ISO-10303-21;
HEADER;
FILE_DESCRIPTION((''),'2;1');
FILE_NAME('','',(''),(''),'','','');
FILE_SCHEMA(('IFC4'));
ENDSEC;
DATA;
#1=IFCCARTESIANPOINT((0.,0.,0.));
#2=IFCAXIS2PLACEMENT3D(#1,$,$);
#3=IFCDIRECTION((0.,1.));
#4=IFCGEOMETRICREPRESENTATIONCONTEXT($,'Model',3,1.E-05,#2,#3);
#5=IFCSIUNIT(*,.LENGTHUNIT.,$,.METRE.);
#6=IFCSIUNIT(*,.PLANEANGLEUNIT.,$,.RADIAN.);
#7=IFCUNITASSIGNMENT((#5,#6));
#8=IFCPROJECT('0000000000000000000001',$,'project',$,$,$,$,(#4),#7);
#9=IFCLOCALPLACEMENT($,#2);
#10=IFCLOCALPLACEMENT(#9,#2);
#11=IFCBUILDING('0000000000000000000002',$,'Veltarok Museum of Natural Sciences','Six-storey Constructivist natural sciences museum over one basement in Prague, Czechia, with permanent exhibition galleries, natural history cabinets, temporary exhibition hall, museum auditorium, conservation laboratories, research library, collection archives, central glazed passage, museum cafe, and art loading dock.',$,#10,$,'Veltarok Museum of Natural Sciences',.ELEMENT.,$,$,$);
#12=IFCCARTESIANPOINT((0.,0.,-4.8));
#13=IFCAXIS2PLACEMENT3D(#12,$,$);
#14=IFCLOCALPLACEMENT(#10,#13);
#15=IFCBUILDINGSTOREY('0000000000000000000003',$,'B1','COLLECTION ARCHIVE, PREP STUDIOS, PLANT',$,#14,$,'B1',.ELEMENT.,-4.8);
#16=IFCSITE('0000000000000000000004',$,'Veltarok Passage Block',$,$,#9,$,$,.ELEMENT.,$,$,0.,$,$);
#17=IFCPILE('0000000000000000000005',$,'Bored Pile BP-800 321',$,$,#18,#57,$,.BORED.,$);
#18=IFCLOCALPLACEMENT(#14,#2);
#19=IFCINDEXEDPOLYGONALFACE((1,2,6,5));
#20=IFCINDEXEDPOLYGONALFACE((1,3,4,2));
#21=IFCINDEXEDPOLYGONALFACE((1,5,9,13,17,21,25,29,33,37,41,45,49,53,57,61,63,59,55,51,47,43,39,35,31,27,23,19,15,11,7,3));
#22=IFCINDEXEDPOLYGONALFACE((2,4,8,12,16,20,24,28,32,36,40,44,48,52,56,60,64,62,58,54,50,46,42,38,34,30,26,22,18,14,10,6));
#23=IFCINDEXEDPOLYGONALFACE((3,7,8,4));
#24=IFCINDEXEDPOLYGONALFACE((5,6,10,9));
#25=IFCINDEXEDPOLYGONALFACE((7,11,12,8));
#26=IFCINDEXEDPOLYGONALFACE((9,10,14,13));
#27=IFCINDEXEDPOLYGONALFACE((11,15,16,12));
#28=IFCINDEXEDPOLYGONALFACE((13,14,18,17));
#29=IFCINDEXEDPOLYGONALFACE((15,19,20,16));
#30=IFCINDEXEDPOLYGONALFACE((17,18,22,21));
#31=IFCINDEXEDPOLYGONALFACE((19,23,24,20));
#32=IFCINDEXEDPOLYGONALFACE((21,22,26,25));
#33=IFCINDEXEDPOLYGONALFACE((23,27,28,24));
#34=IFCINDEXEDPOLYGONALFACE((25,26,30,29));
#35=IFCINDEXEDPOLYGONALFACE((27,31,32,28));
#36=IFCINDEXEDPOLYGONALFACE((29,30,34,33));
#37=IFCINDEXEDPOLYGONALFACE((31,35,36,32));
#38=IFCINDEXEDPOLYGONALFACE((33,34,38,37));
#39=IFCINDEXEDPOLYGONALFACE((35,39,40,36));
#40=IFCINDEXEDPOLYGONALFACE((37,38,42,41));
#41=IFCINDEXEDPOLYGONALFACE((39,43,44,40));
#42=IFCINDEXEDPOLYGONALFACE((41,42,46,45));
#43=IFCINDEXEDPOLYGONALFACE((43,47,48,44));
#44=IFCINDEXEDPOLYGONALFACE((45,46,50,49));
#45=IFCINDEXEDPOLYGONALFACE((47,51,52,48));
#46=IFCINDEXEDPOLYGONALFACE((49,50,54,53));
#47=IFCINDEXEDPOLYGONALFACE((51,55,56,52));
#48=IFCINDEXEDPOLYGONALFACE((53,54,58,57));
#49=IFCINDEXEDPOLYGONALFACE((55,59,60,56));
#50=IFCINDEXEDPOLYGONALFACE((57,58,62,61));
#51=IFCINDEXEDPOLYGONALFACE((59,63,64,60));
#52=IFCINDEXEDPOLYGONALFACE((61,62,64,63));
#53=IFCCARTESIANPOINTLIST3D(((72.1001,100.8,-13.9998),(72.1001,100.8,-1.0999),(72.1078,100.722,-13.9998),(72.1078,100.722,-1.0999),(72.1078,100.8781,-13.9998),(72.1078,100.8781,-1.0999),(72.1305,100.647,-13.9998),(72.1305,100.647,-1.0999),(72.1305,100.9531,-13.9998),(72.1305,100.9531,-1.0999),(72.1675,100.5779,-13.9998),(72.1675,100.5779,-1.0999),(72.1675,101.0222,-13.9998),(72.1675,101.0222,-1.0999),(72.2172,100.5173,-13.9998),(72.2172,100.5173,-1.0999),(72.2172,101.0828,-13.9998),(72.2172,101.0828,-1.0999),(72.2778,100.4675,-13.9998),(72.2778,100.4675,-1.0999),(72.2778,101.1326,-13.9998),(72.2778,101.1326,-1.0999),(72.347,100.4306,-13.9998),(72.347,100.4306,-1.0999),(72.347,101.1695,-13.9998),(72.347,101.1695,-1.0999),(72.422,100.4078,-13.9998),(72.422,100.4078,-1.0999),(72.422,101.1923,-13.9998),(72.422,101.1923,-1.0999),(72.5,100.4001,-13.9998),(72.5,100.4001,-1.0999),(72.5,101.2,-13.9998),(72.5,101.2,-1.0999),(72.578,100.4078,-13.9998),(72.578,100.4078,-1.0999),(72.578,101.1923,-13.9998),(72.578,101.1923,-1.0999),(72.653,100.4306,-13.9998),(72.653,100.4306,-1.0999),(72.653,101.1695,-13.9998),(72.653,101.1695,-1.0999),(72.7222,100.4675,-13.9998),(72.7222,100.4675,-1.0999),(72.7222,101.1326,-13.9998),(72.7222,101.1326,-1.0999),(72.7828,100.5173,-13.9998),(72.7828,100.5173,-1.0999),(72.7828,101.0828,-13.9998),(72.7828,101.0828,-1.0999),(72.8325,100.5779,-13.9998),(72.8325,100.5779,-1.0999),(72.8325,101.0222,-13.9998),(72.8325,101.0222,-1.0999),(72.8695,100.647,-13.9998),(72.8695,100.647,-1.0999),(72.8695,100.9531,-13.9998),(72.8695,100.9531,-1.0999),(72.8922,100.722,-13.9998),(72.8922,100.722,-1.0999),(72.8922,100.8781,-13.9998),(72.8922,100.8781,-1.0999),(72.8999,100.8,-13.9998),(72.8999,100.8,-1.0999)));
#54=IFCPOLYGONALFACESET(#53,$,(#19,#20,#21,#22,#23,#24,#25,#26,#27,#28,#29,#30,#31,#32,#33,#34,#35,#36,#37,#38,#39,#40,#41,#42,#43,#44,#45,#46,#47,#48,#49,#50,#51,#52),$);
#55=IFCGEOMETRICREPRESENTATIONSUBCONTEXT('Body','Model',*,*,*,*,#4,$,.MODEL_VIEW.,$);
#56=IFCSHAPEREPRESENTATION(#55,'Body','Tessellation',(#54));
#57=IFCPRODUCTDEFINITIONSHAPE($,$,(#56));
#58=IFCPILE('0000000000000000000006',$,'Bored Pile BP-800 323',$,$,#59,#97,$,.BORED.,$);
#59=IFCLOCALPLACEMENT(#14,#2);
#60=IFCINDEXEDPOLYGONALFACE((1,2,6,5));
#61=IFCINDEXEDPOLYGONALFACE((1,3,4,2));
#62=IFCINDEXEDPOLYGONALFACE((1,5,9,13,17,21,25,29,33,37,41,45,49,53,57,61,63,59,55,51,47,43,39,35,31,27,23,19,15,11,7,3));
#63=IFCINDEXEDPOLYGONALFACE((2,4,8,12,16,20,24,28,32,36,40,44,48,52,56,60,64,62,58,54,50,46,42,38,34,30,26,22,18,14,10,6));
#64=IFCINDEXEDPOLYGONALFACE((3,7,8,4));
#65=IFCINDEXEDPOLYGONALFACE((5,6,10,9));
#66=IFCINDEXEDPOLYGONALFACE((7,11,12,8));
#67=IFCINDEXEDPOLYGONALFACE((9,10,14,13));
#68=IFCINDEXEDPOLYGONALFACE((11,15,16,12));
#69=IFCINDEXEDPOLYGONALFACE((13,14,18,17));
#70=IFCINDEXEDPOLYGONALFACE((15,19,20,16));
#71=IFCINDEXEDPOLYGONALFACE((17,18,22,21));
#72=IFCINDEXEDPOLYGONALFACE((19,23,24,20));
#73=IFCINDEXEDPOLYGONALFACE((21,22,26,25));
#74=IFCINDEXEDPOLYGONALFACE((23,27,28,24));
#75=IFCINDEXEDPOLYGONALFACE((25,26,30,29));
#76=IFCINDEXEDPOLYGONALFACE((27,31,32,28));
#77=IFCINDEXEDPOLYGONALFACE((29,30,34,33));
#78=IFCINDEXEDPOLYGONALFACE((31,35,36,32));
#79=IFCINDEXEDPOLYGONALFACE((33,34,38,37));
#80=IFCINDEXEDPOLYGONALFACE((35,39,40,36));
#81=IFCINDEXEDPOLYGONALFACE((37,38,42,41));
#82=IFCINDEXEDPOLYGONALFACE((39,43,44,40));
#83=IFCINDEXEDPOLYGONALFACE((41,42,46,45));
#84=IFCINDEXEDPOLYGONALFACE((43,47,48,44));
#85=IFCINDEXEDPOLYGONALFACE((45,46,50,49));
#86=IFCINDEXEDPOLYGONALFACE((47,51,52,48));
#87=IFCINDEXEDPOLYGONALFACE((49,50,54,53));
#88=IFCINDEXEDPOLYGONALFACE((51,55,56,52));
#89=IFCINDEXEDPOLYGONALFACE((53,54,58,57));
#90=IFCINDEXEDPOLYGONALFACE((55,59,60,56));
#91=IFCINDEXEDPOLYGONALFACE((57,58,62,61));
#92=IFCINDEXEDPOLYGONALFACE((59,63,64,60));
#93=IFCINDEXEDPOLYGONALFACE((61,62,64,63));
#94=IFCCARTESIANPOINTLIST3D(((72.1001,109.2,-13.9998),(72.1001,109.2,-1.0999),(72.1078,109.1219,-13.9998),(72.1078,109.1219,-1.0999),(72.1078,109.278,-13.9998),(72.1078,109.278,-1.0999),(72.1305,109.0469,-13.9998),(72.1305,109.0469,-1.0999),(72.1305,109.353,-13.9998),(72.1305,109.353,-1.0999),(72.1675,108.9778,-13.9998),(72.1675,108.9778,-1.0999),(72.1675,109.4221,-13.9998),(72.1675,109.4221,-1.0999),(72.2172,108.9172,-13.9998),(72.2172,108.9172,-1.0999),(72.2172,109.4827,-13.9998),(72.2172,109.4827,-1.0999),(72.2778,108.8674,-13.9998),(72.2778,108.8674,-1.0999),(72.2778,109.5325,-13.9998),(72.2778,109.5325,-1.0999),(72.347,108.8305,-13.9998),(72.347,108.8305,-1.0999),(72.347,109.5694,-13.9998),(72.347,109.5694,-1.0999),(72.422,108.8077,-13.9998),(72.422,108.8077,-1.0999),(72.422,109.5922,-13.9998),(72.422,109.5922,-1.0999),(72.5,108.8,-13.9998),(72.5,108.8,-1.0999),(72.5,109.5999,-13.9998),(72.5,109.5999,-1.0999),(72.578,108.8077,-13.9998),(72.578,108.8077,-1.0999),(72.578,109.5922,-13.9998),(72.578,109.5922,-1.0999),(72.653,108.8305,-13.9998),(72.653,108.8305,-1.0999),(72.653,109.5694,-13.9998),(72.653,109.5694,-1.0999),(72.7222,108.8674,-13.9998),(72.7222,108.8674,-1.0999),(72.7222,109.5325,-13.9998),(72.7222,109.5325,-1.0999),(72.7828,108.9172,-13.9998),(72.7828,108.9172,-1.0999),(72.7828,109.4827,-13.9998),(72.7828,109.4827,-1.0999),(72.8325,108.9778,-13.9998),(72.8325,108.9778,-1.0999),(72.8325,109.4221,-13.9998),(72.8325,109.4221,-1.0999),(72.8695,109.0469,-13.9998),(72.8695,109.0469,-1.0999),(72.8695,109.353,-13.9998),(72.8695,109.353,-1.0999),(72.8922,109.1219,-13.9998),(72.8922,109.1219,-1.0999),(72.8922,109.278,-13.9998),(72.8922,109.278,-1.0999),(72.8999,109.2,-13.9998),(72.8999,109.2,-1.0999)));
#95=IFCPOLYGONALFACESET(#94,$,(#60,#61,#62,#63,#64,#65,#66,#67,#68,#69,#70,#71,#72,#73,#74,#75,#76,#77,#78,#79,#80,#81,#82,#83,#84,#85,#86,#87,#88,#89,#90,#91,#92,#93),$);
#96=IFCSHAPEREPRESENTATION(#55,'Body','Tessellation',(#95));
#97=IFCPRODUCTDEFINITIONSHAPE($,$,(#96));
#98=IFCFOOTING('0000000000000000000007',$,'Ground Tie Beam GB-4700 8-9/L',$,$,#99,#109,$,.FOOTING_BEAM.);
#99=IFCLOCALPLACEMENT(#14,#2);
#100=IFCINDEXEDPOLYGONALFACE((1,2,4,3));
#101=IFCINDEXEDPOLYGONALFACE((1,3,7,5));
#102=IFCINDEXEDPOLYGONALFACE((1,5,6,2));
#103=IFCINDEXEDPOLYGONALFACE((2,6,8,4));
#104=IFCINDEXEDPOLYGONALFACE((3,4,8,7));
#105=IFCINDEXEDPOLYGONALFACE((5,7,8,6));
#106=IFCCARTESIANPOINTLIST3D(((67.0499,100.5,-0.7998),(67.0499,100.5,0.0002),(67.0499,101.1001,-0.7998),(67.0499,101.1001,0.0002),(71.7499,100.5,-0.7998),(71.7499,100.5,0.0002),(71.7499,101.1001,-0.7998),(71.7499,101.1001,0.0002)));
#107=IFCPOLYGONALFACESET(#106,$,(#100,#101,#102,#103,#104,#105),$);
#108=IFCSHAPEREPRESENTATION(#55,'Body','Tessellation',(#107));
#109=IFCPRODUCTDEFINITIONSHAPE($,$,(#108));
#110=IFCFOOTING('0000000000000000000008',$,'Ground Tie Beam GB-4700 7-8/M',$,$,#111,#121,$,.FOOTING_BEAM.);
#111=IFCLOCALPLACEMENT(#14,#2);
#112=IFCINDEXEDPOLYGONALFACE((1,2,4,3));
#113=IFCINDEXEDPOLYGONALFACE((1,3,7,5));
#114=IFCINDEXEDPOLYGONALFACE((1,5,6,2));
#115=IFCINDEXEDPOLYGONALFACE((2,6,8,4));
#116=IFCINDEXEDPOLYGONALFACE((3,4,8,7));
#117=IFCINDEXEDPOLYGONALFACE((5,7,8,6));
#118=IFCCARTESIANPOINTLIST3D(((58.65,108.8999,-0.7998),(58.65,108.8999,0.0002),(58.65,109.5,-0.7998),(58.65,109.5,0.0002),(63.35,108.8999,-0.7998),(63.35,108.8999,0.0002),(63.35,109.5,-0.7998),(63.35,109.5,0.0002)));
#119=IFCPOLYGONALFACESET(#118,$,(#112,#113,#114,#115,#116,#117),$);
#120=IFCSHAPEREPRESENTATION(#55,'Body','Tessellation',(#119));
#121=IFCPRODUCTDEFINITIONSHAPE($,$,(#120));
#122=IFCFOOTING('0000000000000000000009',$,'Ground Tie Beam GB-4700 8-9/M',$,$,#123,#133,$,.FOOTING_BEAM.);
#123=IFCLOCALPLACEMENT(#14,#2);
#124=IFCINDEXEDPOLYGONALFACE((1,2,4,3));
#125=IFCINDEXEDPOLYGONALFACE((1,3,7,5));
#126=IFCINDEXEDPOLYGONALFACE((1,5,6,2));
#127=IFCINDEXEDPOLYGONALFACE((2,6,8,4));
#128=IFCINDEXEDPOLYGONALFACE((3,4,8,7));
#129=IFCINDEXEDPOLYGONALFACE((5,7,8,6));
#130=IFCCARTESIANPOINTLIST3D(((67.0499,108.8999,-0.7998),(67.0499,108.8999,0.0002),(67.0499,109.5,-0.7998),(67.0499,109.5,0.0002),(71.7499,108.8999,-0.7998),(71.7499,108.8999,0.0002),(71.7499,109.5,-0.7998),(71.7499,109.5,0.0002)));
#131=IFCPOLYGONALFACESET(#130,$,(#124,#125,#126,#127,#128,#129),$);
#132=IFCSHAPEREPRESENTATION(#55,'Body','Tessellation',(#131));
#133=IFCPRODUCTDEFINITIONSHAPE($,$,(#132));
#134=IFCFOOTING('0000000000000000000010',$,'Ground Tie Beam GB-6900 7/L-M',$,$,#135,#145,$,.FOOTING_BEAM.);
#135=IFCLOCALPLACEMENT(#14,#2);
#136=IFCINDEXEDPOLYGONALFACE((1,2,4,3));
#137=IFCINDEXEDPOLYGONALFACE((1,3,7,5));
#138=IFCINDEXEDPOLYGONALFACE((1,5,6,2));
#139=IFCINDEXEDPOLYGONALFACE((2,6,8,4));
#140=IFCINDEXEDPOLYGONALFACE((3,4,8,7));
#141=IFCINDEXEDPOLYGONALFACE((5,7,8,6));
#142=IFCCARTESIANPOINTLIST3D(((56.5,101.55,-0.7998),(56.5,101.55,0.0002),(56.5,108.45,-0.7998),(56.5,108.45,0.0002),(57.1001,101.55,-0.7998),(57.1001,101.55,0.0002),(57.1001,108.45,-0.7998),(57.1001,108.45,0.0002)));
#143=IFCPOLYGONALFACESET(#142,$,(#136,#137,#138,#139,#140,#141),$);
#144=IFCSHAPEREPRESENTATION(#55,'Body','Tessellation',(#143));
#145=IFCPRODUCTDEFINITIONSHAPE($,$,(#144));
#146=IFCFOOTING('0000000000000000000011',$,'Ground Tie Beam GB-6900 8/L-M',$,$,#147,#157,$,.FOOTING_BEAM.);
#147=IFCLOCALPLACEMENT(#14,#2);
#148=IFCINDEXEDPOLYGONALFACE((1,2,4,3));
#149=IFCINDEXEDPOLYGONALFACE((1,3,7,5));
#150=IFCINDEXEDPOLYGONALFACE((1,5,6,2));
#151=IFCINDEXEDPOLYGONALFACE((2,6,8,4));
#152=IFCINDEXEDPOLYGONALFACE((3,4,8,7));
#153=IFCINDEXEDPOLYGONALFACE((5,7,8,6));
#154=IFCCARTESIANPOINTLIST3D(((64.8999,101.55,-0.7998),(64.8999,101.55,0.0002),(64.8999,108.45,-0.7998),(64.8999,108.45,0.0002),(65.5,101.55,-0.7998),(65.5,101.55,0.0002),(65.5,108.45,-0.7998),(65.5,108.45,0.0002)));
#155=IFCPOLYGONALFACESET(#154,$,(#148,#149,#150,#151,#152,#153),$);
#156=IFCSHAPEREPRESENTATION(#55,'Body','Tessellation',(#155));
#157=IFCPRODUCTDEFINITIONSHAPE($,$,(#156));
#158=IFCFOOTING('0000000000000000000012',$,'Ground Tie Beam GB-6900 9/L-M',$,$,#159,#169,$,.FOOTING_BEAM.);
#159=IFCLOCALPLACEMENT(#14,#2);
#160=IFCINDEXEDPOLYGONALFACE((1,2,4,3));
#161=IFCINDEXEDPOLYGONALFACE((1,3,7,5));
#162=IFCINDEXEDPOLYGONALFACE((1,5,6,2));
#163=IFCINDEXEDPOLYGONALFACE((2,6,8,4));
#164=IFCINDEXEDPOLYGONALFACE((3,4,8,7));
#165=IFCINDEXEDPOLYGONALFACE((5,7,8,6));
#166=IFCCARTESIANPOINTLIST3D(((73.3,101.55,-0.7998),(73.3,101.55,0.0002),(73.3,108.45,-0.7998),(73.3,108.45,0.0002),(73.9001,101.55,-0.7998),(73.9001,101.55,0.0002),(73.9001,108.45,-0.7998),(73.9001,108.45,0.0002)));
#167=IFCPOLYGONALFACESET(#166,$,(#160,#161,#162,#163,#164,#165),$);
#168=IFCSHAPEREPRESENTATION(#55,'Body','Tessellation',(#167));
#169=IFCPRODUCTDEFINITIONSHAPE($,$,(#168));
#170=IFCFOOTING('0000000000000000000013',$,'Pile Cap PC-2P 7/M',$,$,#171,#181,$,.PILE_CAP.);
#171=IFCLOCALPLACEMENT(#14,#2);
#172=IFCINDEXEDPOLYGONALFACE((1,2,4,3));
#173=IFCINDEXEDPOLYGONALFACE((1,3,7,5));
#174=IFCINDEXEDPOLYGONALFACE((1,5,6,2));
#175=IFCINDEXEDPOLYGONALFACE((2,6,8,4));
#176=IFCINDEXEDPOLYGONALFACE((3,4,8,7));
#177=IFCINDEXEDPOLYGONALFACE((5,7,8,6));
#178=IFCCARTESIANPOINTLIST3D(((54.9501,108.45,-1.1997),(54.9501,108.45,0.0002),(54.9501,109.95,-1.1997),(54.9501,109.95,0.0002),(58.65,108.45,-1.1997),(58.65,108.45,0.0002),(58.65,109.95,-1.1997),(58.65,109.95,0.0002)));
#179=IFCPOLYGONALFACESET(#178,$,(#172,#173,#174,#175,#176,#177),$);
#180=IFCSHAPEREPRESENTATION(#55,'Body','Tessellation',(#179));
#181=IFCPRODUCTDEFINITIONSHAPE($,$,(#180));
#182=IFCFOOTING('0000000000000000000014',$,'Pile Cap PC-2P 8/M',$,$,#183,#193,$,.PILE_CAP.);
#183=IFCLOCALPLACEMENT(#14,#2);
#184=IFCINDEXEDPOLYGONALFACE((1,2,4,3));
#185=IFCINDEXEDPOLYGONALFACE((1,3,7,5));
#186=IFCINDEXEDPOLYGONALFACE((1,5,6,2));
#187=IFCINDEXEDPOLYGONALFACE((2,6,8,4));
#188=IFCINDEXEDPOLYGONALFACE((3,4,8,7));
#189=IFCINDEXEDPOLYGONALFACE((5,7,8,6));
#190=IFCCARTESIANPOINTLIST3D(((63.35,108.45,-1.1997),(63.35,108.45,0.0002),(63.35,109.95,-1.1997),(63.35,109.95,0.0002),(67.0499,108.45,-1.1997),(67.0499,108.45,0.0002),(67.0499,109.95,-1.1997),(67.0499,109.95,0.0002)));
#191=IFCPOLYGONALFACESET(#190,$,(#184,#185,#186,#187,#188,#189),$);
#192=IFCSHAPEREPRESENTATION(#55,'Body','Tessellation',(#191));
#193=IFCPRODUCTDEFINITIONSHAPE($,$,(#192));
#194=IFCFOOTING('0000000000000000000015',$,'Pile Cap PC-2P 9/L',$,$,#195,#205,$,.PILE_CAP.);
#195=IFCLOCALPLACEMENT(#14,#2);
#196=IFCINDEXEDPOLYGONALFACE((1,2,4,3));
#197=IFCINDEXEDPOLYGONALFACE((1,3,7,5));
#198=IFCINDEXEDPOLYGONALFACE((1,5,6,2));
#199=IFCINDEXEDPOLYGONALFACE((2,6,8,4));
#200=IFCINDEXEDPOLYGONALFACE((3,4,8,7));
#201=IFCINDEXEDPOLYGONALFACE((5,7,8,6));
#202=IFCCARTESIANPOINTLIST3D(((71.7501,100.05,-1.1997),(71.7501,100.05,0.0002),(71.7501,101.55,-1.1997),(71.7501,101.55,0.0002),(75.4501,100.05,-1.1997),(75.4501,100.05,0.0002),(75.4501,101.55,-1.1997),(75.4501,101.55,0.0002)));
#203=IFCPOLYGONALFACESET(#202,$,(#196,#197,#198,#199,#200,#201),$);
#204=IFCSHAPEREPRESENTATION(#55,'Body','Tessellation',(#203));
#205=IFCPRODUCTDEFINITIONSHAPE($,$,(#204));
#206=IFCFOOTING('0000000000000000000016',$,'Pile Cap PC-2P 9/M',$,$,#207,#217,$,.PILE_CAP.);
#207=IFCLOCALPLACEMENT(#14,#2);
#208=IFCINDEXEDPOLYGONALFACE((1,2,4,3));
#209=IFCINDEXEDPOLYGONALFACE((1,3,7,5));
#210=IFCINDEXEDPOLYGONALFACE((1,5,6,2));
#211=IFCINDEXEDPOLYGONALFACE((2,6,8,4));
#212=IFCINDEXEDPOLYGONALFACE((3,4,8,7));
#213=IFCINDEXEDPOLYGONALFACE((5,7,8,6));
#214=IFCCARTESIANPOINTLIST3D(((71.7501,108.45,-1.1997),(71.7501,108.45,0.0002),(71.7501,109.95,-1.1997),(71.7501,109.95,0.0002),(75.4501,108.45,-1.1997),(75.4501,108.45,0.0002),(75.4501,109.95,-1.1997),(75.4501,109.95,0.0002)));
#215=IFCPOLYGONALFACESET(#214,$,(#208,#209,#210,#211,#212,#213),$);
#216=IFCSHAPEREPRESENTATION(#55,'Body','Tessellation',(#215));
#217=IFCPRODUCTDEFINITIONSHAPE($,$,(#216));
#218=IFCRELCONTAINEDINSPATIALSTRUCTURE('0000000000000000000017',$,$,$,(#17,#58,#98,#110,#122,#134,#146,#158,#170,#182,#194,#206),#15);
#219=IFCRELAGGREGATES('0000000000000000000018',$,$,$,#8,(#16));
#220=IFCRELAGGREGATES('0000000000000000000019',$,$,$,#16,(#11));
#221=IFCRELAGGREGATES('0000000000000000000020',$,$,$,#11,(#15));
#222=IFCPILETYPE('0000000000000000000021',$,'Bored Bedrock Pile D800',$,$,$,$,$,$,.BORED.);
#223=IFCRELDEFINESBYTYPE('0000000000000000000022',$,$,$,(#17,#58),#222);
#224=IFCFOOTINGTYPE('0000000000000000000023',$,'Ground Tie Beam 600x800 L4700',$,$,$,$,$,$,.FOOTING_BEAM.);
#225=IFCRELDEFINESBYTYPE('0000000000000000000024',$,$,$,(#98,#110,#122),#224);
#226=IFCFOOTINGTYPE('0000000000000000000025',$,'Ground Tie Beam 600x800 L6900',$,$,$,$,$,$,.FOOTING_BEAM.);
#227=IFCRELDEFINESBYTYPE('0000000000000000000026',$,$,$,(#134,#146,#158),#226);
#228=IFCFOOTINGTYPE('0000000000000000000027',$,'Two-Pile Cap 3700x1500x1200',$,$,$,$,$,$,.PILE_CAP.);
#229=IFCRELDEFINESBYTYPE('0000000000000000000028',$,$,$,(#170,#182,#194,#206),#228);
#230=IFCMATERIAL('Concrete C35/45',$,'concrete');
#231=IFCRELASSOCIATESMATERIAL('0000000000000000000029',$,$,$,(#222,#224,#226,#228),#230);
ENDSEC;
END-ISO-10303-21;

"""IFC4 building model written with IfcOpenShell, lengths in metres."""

from ifc_helpers import new_model, si_unit, direction, frame, origin, origin_2d, place, context, subcontext, project, spatial, rectangle, circle, extrude, material, material_profile, profile_set, type_object, element, save


model = new_model("IFC4")

# Units and contexts
model_context = context("Model", 3, precision=1e-05, world=origin(), true_north=direction((0.0, 1.0)))
body_context = subcontext(model_context, "Body", "Model", "MODEL_VIEW")
ifc_project = project(units=[si_unit("LENGTHUNIT", "METRE"), si_unit("PLANEANGLEUNIT", "RADIAN")], contexts=[model_context])

# Site, building, storey
site_placement = place(None, origin())
site = spatial("IfcSite", under=ifc_project, at=site_placement, Name="Veltarok Passage Block", CompositionType="ELEMENT", RefElevation=0.0)
building_placement = place(site_placement, origin())
building = spatial("IfcBuilding", under=site, at=building_placement, Name="Veltarok Museum of Natural Sciences", Description="Six-storey Constructivist natural sciences museum over one basement in Prague, Czechia, with permanent exhibition galleries, natural history cabinets, temporary exhibition hall, museum auditorium, conservation laboratories, research library, collection archives, central glazed passage, museum cafe, and art loading dock.", LongName="Veltarok Museum of Natural Sciences", CompositionType="ELEMENT")
storey_placement = place(building_placement, frame((0.0, 0.0, -4.8)))
storey = spatial("IfcBuildingStorey", under=building, at=storey_placement, Name="B1", Description="COLLECTION ARCHIVE, PREP STUDIOS, PLANT", LongName="B1", CompositionType="ELEMENT", Elevation=-4.8)

# Piles
ifc_material_1 = material(Name="Concrete C35/45", Category="concrete")
ifc_material_profile_1 = material_profile(ifc_material_1, circle(Radius=0.3999, at=origin_2d()), Name="BP D800")
ifc_profile_set_1 = profile_set([ifc_material_profile_1], Name="Concrete C35/45")
pile_type = type_object("IfcPileType", Name="Bored Bedrock Pile D800", PredefinedType="BORED", material=ifc_profile_set_1)
for number, where, z_axis, x_axis, name in (
    (1, (72.5, 100.8, -1.0999), (0.0, 0.0, -1.0), (1.0, 0.0, 0.0), "Bored Pile BP-800 321"),
    (2, (72.5, 109.2, -1.0999), (0.0, 0.0, -1.0), (1.0, 0.0, 0.0), "Bored Pile BP-800 323"),
):
    element("IfcPile", number, at=place(storey_placement, frame(where, z_axis=z_axis, x_axis=x_axis)), inside=storey, type_object=pile_type, Name=name, PredefinedType="BORED", context=body_context, shape_type="SweptSolid", body=[
        extrude(circle(Radius=0.3999, at=origin_2d()), origin(), (0.0, 0.0, 1.0), 12.8999),
    ])

# Footings
footing_type_1 = type_object("IfcFootingType", Name="Ground Tie Beam 600x800 L4700", PredefinedType="FOOTING_BEAM", material=ifc_material_1)
for number, where, z_axis, x_axis, name in (
    (3, (69.3999, 100.8, -0.7998), (0.0, 0.0, 1.0), (1.0, 0.0, 0.0), "Ground Tie Beam GB-4700 8-9/L"),
    (4, (61.0, 109.2, -0.7998), (0.0, 0.0, 1.0), (1.0, 0.0, 0.0), "Ground Tie Beam GB-4700 7-8/M"),
    (5, (69.3999, 109.2, -0.7998), (0.0, 0.0, 1.0), (1.0, 0.0, 0.0), "Ground Tie Beam GB-4700 8-9/M"),
):
    element("IfcFooting", number, at=place(storey_placement, frame(where, z_axis=z_axis, x_axis=x_axis)), inside=storey, type_object=footing_type_1, Name=name, PredefinedType="FOOTING_BEAM", context=body_context, shape_type="SweptSolid", body=[
        extrude(rectangle(XDim=4.7, YDim=0.6001, at=origin_2d()), origin(), (0.0, 0.0, 1.0), 0.8),
    ])
footing_type_2 = type_object("IfcFootingType", Name="Ground Tie Beam 600x800 L6900", PredefinedType="FOOTING_BEAM", material=ifc_material_1)
for number, where, z_axis, x_axis, name in (
    (6, (56.8, 105.0, -0.7998), (0.0, 0.0, 1.0), (0.0, 1.0, 0.0), "Ground Tie Beam GB-6900 7/L-M"),
    (7, (65.2, 105.0, -0.7998), (0.0, 0.0, 1.0), (0.0, 1.0, 0.0), "Ground Tie Beam GB-6900 8/L-M"),
    (8, (73.6001, 105.0, -0.7998), (0.0, 0.0, 1.0), (0.0, 1.0, 0.0), "Ground Tie Beam GB-6900 9/L-M"),
):
    element("IfcFooting", number, at=place(storey_placement, frame(where, z_axis=z_axis, x_axis=x_axis)), inside=storey, type_object=footing_type_2, Name=name, PredefinedType="FOOTING_BEAM", context=body_context, shape_type="SweptSolid", body=[
        extrude(rectangle(XDim=6.8999, YDim=0.6001, at=origin_2d()), origin(), (0.0, 0.0, 1.0), 0.8),
    ])
footing_type_3 = type_object("IfcFootingType", Name="Two-Pile Cap 3700x1500x1200", PredefinedType="PILE_CAP", material=ifc_material_1)
for number, where, z_axis, x_axis, name in (
    (9, (56.8, 109.2, -1.1997), (0.0, 0.0, 1.0), (1.0, 0.0, 0.0), "Pile Cap PC-2P 7/M"),
    (10, (65.2, 109.2, -1.1997), (0.0, 0.0, 1.0), (1.0, 0.0, 0.0), "Pile Cap PC-2P 8/M"),
    (11, (73.6001, 100.8, -1.1997), (0.0, 0.0, 1.0), (1.0, 0.0, 0.0), "Pile Cap PC-2P 9/L"),
    (12, (73.6001, 109.2, -1.1997), (0.0, 0.0, 1.0), (1.0, 0.0, 0.0), "Pile Cap PC-2P 9/M"),
):
    element("IfcFooting", number, at=place(storey_placement, frame(where, z_axis=z_axis, x_axis=x_axis)), inside=storey, type_object=footing_type_3, Name=name, PredefinedType="PILE_CAP", context=body_context, shape_type="SweptSolid", body=[
        extrude(rectangle(XDim=3.7, YDim=1.5, at=origin_2d()), origin(), (0.0, 0.0, 1.0), 1.2),
    ])

save(model, "model.ifc")
